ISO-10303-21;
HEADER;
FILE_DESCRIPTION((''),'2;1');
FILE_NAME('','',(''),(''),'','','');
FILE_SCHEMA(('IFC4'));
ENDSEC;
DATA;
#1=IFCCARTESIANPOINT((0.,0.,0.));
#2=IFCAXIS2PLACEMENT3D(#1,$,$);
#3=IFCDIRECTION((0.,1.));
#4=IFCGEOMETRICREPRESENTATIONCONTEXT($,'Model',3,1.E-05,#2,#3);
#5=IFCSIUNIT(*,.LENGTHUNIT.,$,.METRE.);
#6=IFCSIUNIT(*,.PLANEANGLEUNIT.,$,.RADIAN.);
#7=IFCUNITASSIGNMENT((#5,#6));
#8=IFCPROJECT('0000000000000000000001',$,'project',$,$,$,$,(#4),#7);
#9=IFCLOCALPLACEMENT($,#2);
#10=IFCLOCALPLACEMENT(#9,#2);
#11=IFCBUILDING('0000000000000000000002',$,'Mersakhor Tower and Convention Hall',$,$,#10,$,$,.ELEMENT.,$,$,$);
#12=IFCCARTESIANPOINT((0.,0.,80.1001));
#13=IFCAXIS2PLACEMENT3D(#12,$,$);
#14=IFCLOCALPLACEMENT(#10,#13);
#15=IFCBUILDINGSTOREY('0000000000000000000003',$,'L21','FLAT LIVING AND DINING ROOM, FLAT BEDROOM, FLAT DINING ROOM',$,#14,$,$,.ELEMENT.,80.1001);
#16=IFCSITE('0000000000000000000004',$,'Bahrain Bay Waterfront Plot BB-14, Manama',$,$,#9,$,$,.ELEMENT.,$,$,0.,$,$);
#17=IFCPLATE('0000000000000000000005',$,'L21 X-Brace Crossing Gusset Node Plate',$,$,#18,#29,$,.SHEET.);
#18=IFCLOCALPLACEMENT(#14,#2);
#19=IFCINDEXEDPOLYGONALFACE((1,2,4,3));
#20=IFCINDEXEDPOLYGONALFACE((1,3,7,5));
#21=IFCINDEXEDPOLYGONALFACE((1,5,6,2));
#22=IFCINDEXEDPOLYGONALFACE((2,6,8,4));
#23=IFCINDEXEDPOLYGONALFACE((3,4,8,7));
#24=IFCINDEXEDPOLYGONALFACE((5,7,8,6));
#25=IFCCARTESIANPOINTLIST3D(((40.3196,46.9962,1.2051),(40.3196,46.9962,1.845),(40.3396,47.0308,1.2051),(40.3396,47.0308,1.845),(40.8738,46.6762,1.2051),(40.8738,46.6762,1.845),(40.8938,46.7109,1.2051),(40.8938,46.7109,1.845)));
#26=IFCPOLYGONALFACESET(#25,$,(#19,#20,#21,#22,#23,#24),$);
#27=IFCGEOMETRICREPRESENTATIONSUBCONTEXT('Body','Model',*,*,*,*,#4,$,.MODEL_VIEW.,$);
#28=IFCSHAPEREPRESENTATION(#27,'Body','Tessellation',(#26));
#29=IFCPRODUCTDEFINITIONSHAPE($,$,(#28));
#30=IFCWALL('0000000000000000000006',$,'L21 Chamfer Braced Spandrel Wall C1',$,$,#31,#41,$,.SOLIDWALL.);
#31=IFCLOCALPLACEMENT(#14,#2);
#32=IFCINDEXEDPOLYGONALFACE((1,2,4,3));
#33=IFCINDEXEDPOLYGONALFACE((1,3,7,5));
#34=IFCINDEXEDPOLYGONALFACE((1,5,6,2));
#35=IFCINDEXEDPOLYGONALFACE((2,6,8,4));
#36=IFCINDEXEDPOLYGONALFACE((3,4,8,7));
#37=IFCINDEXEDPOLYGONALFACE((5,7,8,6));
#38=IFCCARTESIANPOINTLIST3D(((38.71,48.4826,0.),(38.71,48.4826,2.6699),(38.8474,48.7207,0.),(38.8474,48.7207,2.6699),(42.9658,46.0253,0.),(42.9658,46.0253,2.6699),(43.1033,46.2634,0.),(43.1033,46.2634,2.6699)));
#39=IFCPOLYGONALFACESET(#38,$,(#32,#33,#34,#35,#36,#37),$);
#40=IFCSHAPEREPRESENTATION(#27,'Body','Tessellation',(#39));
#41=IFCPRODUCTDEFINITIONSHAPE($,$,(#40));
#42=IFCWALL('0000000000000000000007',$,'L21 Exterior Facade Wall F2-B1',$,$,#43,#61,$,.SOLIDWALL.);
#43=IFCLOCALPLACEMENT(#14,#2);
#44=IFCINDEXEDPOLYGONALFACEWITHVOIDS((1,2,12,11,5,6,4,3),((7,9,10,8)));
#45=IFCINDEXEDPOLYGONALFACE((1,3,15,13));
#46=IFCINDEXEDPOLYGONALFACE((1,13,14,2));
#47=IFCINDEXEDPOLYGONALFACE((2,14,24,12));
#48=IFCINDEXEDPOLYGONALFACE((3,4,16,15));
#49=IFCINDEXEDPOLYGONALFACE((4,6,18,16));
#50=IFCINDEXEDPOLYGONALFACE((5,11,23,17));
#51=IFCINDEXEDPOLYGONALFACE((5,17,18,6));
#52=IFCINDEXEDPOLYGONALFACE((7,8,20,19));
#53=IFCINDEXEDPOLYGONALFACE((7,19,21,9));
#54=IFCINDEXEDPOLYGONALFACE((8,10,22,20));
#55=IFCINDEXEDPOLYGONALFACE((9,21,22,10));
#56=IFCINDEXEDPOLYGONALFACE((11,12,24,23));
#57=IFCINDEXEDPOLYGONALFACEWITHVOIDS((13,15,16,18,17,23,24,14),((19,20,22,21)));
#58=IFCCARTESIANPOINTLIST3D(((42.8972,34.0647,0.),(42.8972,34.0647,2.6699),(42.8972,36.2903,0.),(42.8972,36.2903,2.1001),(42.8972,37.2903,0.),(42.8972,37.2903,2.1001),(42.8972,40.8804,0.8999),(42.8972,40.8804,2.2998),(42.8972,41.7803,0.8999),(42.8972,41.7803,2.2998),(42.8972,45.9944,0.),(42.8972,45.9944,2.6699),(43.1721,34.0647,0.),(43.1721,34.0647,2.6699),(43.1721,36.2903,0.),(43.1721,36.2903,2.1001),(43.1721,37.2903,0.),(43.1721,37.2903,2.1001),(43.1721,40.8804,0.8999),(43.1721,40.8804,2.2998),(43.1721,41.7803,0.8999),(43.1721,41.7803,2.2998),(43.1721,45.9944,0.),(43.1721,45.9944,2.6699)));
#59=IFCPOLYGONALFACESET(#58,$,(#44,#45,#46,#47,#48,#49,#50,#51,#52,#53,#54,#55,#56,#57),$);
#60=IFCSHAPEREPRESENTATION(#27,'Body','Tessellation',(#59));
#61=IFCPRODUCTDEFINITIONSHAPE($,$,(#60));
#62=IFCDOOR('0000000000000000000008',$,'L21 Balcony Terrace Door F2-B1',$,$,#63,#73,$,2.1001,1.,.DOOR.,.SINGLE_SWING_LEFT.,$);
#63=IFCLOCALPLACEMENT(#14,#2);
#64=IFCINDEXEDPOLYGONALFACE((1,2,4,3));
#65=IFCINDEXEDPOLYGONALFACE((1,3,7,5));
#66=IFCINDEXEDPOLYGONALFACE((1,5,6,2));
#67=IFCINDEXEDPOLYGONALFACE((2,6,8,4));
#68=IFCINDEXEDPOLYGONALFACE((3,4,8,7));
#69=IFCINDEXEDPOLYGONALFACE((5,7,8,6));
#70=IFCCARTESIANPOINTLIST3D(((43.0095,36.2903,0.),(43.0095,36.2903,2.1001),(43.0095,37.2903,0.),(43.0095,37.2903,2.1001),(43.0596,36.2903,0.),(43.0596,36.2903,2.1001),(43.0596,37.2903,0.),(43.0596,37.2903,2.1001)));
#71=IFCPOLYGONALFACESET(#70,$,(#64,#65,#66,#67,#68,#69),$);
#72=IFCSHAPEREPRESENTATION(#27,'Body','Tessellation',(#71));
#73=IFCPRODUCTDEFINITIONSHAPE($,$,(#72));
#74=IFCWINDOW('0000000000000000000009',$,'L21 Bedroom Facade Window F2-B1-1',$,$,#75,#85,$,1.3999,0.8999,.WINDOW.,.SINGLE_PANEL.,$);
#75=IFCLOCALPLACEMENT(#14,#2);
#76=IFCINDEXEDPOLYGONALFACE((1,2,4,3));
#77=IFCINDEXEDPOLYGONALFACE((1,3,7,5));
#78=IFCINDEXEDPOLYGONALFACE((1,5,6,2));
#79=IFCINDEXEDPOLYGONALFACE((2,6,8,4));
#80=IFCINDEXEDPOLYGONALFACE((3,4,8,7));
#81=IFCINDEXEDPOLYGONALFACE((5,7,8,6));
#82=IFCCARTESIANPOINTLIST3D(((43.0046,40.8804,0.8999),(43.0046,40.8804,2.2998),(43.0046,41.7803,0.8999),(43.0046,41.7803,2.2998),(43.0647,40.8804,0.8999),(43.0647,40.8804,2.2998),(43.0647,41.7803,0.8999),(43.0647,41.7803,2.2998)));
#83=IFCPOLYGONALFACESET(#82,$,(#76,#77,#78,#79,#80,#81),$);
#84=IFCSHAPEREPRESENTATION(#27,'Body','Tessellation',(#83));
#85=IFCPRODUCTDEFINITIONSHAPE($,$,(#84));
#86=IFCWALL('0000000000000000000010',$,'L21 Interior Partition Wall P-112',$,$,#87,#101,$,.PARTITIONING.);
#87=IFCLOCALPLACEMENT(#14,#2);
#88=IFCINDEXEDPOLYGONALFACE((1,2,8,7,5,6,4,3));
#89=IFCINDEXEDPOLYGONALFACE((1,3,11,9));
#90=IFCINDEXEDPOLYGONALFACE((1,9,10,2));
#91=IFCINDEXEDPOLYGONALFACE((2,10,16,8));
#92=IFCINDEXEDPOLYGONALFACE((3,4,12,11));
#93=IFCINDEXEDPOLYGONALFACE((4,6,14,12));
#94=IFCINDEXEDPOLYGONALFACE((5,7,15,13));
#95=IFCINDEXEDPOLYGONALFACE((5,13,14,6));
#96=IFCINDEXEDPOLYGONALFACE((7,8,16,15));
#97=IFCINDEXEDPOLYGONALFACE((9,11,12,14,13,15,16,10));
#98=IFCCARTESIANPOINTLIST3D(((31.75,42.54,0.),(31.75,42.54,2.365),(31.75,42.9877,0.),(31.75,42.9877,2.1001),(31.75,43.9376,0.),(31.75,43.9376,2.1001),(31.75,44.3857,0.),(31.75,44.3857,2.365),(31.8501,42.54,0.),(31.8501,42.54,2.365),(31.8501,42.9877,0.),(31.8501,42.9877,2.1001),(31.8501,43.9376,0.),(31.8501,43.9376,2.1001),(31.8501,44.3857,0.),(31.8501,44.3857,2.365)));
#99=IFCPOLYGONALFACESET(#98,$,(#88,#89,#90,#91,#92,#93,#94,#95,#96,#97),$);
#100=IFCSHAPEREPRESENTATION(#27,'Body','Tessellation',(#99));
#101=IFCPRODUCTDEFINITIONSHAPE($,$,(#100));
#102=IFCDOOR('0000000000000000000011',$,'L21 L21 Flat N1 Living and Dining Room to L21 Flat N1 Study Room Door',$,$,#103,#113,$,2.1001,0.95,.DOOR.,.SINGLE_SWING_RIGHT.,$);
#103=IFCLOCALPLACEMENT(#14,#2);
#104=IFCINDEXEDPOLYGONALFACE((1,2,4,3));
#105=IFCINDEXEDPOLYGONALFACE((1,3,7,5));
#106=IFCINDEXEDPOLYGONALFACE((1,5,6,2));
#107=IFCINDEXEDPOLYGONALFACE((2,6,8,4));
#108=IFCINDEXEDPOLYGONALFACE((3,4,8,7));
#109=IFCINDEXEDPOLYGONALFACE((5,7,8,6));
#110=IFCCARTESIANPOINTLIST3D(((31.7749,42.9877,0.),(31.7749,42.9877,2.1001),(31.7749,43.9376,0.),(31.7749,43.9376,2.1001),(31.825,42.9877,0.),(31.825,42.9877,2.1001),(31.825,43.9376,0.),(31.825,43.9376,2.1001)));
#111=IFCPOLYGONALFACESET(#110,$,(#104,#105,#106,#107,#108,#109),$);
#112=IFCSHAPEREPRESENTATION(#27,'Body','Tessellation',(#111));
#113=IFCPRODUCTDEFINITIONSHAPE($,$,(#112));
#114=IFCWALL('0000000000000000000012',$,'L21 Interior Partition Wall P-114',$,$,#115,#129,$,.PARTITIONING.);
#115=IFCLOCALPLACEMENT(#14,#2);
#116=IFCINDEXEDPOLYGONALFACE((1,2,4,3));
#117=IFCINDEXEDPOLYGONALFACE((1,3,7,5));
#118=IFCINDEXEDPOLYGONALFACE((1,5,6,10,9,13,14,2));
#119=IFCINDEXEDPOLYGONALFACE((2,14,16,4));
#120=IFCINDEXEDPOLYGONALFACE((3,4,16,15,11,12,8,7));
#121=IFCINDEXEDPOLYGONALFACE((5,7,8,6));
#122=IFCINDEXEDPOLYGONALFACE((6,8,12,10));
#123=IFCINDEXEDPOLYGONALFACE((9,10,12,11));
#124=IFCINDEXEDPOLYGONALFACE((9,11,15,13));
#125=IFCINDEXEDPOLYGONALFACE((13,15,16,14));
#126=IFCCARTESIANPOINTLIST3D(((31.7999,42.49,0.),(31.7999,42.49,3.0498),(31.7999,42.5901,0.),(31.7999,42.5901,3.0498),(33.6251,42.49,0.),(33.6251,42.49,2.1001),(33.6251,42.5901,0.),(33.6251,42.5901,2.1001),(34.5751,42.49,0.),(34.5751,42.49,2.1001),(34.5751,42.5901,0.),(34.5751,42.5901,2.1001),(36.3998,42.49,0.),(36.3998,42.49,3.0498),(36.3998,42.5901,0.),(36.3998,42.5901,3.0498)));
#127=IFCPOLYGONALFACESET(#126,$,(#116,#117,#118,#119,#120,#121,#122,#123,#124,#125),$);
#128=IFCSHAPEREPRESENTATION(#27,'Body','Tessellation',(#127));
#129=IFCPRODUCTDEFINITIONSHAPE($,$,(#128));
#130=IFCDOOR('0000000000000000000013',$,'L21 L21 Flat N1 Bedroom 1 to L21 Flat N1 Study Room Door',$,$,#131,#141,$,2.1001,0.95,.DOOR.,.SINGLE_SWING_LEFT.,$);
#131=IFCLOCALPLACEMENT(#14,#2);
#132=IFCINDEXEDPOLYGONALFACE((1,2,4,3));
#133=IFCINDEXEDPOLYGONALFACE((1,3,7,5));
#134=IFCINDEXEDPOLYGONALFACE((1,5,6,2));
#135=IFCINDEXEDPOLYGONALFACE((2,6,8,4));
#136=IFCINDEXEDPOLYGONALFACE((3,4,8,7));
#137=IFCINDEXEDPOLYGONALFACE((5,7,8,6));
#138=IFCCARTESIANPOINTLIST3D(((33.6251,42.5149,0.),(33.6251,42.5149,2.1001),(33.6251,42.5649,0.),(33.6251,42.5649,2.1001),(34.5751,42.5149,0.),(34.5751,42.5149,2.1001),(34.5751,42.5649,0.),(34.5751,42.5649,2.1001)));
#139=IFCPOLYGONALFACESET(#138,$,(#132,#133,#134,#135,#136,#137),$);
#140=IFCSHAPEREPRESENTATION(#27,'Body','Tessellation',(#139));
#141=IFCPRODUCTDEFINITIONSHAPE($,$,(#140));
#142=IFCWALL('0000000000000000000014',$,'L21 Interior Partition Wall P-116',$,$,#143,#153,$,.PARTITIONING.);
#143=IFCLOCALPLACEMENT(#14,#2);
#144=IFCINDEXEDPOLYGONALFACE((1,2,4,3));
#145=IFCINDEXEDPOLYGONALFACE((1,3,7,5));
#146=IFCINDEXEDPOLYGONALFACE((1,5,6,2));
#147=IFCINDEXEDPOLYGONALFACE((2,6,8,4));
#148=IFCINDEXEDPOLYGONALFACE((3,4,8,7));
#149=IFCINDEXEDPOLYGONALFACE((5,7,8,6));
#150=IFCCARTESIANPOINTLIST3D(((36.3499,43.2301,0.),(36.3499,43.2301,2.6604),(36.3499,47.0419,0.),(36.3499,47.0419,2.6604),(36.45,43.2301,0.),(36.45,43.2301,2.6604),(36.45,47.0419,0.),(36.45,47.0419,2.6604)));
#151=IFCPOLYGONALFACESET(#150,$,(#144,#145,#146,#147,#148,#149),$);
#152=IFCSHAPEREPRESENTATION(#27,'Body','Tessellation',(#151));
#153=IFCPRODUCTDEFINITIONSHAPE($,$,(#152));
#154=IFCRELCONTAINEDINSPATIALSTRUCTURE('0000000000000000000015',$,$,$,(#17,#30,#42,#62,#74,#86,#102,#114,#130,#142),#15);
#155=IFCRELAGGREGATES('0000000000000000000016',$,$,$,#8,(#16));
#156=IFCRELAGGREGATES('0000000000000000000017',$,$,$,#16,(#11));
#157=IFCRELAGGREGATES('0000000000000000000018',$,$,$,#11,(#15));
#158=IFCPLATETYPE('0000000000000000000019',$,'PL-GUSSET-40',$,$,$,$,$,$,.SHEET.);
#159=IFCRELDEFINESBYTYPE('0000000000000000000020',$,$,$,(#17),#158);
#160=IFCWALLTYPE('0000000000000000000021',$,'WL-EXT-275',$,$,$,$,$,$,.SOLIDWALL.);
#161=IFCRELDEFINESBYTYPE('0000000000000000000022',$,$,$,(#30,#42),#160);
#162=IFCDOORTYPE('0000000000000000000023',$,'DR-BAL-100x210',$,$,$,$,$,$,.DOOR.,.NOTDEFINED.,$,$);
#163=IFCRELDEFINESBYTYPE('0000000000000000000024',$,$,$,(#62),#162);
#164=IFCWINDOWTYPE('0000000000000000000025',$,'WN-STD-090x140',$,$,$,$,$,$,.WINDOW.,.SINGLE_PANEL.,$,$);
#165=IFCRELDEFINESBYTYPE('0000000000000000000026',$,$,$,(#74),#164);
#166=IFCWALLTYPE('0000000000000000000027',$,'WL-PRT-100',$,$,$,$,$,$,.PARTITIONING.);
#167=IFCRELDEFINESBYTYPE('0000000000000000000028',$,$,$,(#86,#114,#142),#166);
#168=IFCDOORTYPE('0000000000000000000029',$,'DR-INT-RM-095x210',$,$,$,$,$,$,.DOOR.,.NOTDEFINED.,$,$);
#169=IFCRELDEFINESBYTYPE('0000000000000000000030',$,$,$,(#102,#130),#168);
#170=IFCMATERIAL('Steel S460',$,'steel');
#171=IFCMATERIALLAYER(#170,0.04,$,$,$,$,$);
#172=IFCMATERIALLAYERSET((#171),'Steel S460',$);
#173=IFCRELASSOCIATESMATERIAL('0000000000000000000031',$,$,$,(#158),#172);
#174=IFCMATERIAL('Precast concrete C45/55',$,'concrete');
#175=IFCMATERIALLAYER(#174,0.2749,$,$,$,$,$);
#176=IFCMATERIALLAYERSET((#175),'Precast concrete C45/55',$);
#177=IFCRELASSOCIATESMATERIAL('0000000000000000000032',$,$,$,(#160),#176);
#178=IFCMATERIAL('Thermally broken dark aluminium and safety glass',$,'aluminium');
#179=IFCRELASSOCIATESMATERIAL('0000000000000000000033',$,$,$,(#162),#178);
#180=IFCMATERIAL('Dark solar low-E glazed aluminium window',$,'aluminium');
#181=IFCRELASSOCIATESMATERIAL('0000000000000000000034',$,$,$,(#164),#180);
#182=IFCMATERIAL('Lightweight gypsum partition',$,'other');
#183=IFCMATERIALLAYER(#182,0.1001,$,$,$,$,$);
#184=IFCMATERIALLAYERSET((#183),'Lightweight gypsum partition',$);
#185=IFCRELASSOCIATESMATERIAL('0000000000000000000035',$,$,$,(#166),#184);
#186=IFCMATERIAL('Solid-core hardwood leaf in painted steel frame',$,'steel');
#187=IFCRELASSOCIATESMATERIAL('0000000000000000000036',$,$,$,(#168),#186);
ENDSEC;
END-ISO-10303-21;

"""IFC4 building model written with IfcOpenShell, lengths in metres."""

from ifc_helpers import new_model, si_unit, direction, frame, frame_2d, origin, origin_2d, place, context, subcontext, project, spatial, rectangle, extrude, material, layer, layer_set, type_object, element, fill, save


model = new_model("IFC4")

# Units and contexts
model_context = context("Model", 3, precision=1e-05, world=origin(), true_north=direction((0.0, 1.0)))
body_context = subcontext(model_context, "Body", "Model", "MODEL_VIEW")
ifc_project = project(units=[si_unit("LENGTHUNIT", "METRE"), si_unit("PLANEANGLEUNIT", "RADIAN")], contexts=[model_context])

# Site, building, storey
site_placement = place(None, origin())
site = spatial("IfcSite", under=ifc_project, at=site_placement, Name="Bahrain Bay Waterfront Plot BB-14, Manama", CompositionType="ELEMENT", RefElevation=0.0)
building_placement = place(site_placement, origin())
building = spatial("IfcBuilding", under=site, at=building_placement, Name="Mersakhor Tower and Convention Hall", CompositionType="ELEMENT")
storey_placement = place(building_placement, frame((0.0, 0.0, 80.1001)))
storey = spatial("IfcBuildingStorey", under=building, at=storey_placement, Name="L21", Description="FLAT LIVING AND DINING ROOM, FLAT BEDROOM, FLAT DINING ROOM", CompositionType="ELEMENT", Elevation=80.1001)

# Plate
ifc_material_1 = material(Name="Steel S460", Category="steel")
ifc_layer_1 = layer(ifc_material_1, 0.04)
ifc_layer_set_1 = layer_set([ifc_layer_1], Name="Steel S460")
plate_type_1 = type_object("IfcPlateType", Name="PL-GUSSET-40", PredefinedType="SHEET", material=ifc_layer_set_1)
plate_1_placement = place(storey_placement, frame((40.6067, 46.8535, 1.2051), z_axis=(0.0, 0.0, 1.0), x_axis=(-0.866025, 0.5, 0.0)))
element("IfcPlate", 1, at=plate_1_placement, inside=storey, type_object=plate_type_1, Name="L21 X-Brace Crossing Gusset Node Plate", PredefinedType="SHEET", context=body_context, shape_type="SweptSolid", body=[
    extrude(rectangle(XDim=0.6399, YDim=0.04, at=origin_2d()), origin(), (0.0, 0.0, 1.0), 0.6399),
])

# Wall
ifc_material_2 = material(Name="Precast concrete C45/55", Category="concrete")
ifc_layer_2 = layer(ifc_material_2, 0.2749)
ifc_layer_set_2 = layer_set([ifc_layer_2], Name="Precast concrete C45/55")
wall_type_1 = type_object("IfcWallType", Name="WL-EXT-275", PredefinedType="SOLIDWALL", material=ifc_layer_set_2)
wall_1_placement = place(storey_placement, frame((38.7788, 48.6016, 0.0), z_axis=(0.0, 0.0, 1.0), x_axis=(0.866012, -0.500023, 0.0)))
element("IfcWall", 2, at=wall_1_placement, inside=storey, type_object=wall_type_1, Name="L21 Chamfer Braced Spandrel Wall C1", PredefinedType="SOLIDWALL", context=body_context, shape_type="SweptSolid", body=[
    extrude(rectangle(XDim=4.9143, YDim=0.2749, at=frame_2d((2.457, 0.0))), origin(), (0.0, 0.0, 1.0), 2.6699),
])

# Wall, openings, door, window
wall_2_placement = place(storey_placement, frame((43.0347, 45.9944, 0.0), z_axis=(0.0, 0.0, 1.0), x_axis=(0.0, -1.0, 0.0)))
wall_2 = element("IfcWall", 3, at=wall_2_placement, inside=storey, type_object=wall_type_1, Name="L21 Exterior Facade Wall F2-B1", PredefinedType="SOLIDWALL", context=body_context, shape_type="SweptSolid", body=[
    extrude(rectangle(XDim=11.9297, YDim=0.2749, at=frame_2d((5.9648, 0.0))), origin(), (0.0, 0.0, 1.0), 2.6699),
])
opening_1_placement = place(wall_2_placement, frame((8.7041, 0.0, 0.0)))
opening_1 = element("IfcOpeningElement", 4, at=opening_1_placement, cuts=wall_2, PredefinedType="OPENING", context=body_context, shape_type="SweptSolid", body=[
    extrude(rectangle(XDim=1.0, YDim=2.1001, at=frame_2d((0.5, 1.05))), frame((0.0, 0.1475, 0.0), z_axis=(0.0, -1.0, 0.0), x_axis=(1.0, 0.0, 0.0)), (0.0, 0.0, 1.0), 0.2949),
])
opening_2_placement = place(wall_2_placement, frame((4.2141, 0.0, 0.8999)))
opening_2 = element("IfcOpeningElement", 5, at=opening_2_placement, cuts=wall_2, PredefinedType="OPENING", context=body_context, shape_type="SweptSolid", body=[
    extrude(rectangle(XDim=0.8999, YDim=1.3999, at=frame_2d((0.45, 0.7))), frame((0.0, 0.1475, 0.0), z_axis=(0.0, -1.0, 0.0), x_axis=(1.0, 0.0, 0.0)), (0.0, 0.0, 1.0), 0.2949),
])
ifc_material_3 = material(Name="Thermally broken dark aluminium and safety glass", Category="aluminium")
door_type_1 = type_object("IfcDoorType", Name="DR-BAL-100x210", OperationType="NOTDEFINED", PredefinedType="DOOR", material=ifc_material_3)
door_1_placement = place(opening_1_placement, origin())
door_1 = element("IfcDoor", 6, at=door_1_placement, inside=storey, type_object=door_type_1, Name="L21 Balcony Terrace Door F2-B1", OperationType="SINGLE_SWING_LEFT", OverallHeight=2.1001, OverallWidth=1.0, PredefinedType="DOOR", context=body_context, shape_type="SweptSolid", body=[
    extrude(rectangle(XDim=1.0, YDim=2.1001, at=frame_2d((0.5, 1.05))), frame((0.0, 0.0249, 0.0), z_axis=(0.0, -1.0, 0.0), x_axis=(1.0, 0.0, 0.0)), (0.0, 0.0, 1.0), 0.05),
])
fill(opening_1, door_1)
ifc_material_4 = material(Name="Dark solar low-E glazed aluminium window", Category="aluminium")
window_type = type_object("IfcWindowType", Name="WN-STD-090x140", PartitioningType="SINGLE_PANEL", PredefinedType="WINDOW", material=ifc_material_4)
window_placement = place(opening_2_placement, origin())
window = element("IfcWindow", 7, at=window_placement, inside=storey, type_object=window_type, Name="L21 Bedroom Facade Window F2-B1-1", OverallHeight=1.3999, OverallWidth=0.8999, PartitioningType="SINGLE_PANEL", PredefinedType="WINDOW", context=body_context, shape_type="SweptSolid", body=[
    extrude(rectangle(XDim=0.8999, YDim=1.3999, at=frame_2d((0.45, 0.7))), frame((0.0, 0.03, 0.0), z_axis=(0.0, -1.0, 0.0), x_axis=(1.0, 0.0, 0.0)), (0.0, 0.0, 1.0), 0.0601),
])
fill(opening_2, window)

# Walls, openings, doors
ifc_material_5 = material(Name="Lightweight gypsum partition", Category="other")
ifc_layer_3 = layer(ifc_material_5, 0.1001)
ifc_layer_set_3 = layer_set([ifc_layer_3], Name="Lightweight gypsum partition")
wall_type_2 = type_object("IfcWallType", Name="WL-PRT-100", PredefinedType="PARTITIONING", material=ifc_layer_set_3)
wall_3_placement = place(storey_placement, frame((31.8, 44.3857, 0.0), z_axis=(0.0, 0.0, 1.0), x_axis=(0.0, -1.0, 0.0)))
wall_3 = element("IfcWall", 8, at=wall_3_placement, inside=storey, type_object=wall_type_2, Name="L21 Interior Partition Wall P-112", PredefinedType="PARTITIONING", context=body_context, shape_type="SweptSolid", body=[
    extrude(rectangle(XDim=1.8457, YDim=0.1001, at=frame_2d((0.9229, 0.0))), origin(), (0.0, 0.0, 1.0), 2.365),
])
opening_3_placement = place(wall_3_placement, frame((0.448, 0.0, 0.0)))
opening_3 = element("IfcOpeningElement", 9, at=opening_3_placement, cuts=wall_3, PredefinedType="OPENING", context=body_context, shape_type="SweptSolid", body=[
    extrude(rectangle(XDim=0.95, YDim=2.1001, at=frame_2d((0.4751, 1.05))), frame((0.0, 0.0601, 0.0), z_axis=(0.0, -1.0, 0.0), x_axis=(1.0, 0.0, 0.0)), (0.0, 0.0, 1.0), 0.1201),
])
ifc_material_6 = material(Name="Solid-core hardwood leaf in painted steel frame", Category="steel")
door_type_2 = type_object("IfcDoorType", Name="DR-INT-RM-095x210", OperationType="NOTDEFINED", PredefinedType="DOOR", material=ifc_material_6)
door_2_placement = place(opening_3_placement, origin())
door_2 = element("IfcDoor", 10, at=door_2_placement, inside=storey, type_object=door_type_2, Name="L21 L21 Flat N1 Living and Dining Room to L21 Flat N1 Study Room Door", OperationType="SINGLE_SWING_RIGHT", OverallHeight=2.1001, OverallWidth=0.95, PredefinedType="DOOR", context=body_context, shape_type="SweptSolid", body=[
    extrude(rectangle(XDim=0.95, YDim=2.1001, at=frame_2d((0.4751, 1.05))), frame((0.0, 0.0249, 0.0), z_axis=(0.0, -1.0, 0.0), x_axis=(1.0, 0.0, 0.0)), (0.0, 0.0, 1.0), 0.05),
])
fill(opening_3, door_2)
wall_4_placement = place(storey_placement, frame((31.8, 42.54, 0.0), z_axis=(0.0, 0.0, 1.0), x_axis=(1.0, 0.0, 0.0)))
wall_4 = element("IfcWall", 11, at=wall_4_placement, inside=storey, type_object=wall_type_2, Name="L21 Interior Partition Wall P-114", PredefinedType="PARTITIONING", context=body_context, shape_type="SweptSolid", body=[
    extrude(rectangle(XDim=4.5999, YDim=0.1001, at=frame_2d((2.2998, 0.0))), origin(), (0.0, 0.0, 1.0), 3.0498),
])
opening_4_placement = place(wall_4_placement, frame((1.825, 0.0, 0.0)))
opening_4 = element("IfcOpeningElement", 12, at=opening_4_placement, cuts=wall_4, PredefinedType="OPENING", context=body_context, shape_type="SweptSolid", body=[
    extrude(rectangle(XDim=0.95, YDim=2.1001, at=frame_2d((0.4751, 1.05))), frame((0.0, 0.0601, 0.0), z_axis=(0.0, -1.0, 0.0), x_axis=(1.0, 0.0, 0.0)), (0.0, 0.0, 1.0), 0.1201),
])
door_3_placement = place(opening_4_placement, origin())
door_3 = element("IfcDoor", 13, at=door_3_placement, inside=storey, type_object=door_type_2, Name="L21 L21 Flat N1 Bedroom 1 to L21 Flat N1 Study Room Door", OperationType="SINGLE_SWING_LEFT", OverallHeight=2.1001, OverallWidth=0.95, PredefinedType="DOOR", context=body_context, shape_type="SweptSolid", body=[
    extrude(rectangle(XDim=0.95, YDim=2.1001, at=frame_2d((0.4751, 1.05))), frame((0.0, 0.0249, 0.0), z_axis=(0.0, -1.0, 0.0), x_axis=(1.0, 0.0, 0.0)), (0.0, 0.0, 1.0), 0.05),
])
fill(opening_4, door_3)

# Wall
wall_5_placement = place(storey_placement, frame((36.3999, 47.0417, 0.0), z_axis=(0.0, 0.0, 1.0), x_axis=(0.0, -1.0, 0.0)))
element("IfcWall", 14, at=wall_5_placement, inside=storey, type_object=wall_type_2, Name="L21 Interior Partition Wall P-116", PredefinedType="PARTITIONING", context=body_context, shape_type="SweptSolid", body=[
    extrude(rectangle(XDim=3.8118, YDim=0.1001, at=frame_2d((1.9058, 0.0))), origin(), (0.0, 0.0, 1.0), 2.6604),
])

save(model, "model.ifc")
